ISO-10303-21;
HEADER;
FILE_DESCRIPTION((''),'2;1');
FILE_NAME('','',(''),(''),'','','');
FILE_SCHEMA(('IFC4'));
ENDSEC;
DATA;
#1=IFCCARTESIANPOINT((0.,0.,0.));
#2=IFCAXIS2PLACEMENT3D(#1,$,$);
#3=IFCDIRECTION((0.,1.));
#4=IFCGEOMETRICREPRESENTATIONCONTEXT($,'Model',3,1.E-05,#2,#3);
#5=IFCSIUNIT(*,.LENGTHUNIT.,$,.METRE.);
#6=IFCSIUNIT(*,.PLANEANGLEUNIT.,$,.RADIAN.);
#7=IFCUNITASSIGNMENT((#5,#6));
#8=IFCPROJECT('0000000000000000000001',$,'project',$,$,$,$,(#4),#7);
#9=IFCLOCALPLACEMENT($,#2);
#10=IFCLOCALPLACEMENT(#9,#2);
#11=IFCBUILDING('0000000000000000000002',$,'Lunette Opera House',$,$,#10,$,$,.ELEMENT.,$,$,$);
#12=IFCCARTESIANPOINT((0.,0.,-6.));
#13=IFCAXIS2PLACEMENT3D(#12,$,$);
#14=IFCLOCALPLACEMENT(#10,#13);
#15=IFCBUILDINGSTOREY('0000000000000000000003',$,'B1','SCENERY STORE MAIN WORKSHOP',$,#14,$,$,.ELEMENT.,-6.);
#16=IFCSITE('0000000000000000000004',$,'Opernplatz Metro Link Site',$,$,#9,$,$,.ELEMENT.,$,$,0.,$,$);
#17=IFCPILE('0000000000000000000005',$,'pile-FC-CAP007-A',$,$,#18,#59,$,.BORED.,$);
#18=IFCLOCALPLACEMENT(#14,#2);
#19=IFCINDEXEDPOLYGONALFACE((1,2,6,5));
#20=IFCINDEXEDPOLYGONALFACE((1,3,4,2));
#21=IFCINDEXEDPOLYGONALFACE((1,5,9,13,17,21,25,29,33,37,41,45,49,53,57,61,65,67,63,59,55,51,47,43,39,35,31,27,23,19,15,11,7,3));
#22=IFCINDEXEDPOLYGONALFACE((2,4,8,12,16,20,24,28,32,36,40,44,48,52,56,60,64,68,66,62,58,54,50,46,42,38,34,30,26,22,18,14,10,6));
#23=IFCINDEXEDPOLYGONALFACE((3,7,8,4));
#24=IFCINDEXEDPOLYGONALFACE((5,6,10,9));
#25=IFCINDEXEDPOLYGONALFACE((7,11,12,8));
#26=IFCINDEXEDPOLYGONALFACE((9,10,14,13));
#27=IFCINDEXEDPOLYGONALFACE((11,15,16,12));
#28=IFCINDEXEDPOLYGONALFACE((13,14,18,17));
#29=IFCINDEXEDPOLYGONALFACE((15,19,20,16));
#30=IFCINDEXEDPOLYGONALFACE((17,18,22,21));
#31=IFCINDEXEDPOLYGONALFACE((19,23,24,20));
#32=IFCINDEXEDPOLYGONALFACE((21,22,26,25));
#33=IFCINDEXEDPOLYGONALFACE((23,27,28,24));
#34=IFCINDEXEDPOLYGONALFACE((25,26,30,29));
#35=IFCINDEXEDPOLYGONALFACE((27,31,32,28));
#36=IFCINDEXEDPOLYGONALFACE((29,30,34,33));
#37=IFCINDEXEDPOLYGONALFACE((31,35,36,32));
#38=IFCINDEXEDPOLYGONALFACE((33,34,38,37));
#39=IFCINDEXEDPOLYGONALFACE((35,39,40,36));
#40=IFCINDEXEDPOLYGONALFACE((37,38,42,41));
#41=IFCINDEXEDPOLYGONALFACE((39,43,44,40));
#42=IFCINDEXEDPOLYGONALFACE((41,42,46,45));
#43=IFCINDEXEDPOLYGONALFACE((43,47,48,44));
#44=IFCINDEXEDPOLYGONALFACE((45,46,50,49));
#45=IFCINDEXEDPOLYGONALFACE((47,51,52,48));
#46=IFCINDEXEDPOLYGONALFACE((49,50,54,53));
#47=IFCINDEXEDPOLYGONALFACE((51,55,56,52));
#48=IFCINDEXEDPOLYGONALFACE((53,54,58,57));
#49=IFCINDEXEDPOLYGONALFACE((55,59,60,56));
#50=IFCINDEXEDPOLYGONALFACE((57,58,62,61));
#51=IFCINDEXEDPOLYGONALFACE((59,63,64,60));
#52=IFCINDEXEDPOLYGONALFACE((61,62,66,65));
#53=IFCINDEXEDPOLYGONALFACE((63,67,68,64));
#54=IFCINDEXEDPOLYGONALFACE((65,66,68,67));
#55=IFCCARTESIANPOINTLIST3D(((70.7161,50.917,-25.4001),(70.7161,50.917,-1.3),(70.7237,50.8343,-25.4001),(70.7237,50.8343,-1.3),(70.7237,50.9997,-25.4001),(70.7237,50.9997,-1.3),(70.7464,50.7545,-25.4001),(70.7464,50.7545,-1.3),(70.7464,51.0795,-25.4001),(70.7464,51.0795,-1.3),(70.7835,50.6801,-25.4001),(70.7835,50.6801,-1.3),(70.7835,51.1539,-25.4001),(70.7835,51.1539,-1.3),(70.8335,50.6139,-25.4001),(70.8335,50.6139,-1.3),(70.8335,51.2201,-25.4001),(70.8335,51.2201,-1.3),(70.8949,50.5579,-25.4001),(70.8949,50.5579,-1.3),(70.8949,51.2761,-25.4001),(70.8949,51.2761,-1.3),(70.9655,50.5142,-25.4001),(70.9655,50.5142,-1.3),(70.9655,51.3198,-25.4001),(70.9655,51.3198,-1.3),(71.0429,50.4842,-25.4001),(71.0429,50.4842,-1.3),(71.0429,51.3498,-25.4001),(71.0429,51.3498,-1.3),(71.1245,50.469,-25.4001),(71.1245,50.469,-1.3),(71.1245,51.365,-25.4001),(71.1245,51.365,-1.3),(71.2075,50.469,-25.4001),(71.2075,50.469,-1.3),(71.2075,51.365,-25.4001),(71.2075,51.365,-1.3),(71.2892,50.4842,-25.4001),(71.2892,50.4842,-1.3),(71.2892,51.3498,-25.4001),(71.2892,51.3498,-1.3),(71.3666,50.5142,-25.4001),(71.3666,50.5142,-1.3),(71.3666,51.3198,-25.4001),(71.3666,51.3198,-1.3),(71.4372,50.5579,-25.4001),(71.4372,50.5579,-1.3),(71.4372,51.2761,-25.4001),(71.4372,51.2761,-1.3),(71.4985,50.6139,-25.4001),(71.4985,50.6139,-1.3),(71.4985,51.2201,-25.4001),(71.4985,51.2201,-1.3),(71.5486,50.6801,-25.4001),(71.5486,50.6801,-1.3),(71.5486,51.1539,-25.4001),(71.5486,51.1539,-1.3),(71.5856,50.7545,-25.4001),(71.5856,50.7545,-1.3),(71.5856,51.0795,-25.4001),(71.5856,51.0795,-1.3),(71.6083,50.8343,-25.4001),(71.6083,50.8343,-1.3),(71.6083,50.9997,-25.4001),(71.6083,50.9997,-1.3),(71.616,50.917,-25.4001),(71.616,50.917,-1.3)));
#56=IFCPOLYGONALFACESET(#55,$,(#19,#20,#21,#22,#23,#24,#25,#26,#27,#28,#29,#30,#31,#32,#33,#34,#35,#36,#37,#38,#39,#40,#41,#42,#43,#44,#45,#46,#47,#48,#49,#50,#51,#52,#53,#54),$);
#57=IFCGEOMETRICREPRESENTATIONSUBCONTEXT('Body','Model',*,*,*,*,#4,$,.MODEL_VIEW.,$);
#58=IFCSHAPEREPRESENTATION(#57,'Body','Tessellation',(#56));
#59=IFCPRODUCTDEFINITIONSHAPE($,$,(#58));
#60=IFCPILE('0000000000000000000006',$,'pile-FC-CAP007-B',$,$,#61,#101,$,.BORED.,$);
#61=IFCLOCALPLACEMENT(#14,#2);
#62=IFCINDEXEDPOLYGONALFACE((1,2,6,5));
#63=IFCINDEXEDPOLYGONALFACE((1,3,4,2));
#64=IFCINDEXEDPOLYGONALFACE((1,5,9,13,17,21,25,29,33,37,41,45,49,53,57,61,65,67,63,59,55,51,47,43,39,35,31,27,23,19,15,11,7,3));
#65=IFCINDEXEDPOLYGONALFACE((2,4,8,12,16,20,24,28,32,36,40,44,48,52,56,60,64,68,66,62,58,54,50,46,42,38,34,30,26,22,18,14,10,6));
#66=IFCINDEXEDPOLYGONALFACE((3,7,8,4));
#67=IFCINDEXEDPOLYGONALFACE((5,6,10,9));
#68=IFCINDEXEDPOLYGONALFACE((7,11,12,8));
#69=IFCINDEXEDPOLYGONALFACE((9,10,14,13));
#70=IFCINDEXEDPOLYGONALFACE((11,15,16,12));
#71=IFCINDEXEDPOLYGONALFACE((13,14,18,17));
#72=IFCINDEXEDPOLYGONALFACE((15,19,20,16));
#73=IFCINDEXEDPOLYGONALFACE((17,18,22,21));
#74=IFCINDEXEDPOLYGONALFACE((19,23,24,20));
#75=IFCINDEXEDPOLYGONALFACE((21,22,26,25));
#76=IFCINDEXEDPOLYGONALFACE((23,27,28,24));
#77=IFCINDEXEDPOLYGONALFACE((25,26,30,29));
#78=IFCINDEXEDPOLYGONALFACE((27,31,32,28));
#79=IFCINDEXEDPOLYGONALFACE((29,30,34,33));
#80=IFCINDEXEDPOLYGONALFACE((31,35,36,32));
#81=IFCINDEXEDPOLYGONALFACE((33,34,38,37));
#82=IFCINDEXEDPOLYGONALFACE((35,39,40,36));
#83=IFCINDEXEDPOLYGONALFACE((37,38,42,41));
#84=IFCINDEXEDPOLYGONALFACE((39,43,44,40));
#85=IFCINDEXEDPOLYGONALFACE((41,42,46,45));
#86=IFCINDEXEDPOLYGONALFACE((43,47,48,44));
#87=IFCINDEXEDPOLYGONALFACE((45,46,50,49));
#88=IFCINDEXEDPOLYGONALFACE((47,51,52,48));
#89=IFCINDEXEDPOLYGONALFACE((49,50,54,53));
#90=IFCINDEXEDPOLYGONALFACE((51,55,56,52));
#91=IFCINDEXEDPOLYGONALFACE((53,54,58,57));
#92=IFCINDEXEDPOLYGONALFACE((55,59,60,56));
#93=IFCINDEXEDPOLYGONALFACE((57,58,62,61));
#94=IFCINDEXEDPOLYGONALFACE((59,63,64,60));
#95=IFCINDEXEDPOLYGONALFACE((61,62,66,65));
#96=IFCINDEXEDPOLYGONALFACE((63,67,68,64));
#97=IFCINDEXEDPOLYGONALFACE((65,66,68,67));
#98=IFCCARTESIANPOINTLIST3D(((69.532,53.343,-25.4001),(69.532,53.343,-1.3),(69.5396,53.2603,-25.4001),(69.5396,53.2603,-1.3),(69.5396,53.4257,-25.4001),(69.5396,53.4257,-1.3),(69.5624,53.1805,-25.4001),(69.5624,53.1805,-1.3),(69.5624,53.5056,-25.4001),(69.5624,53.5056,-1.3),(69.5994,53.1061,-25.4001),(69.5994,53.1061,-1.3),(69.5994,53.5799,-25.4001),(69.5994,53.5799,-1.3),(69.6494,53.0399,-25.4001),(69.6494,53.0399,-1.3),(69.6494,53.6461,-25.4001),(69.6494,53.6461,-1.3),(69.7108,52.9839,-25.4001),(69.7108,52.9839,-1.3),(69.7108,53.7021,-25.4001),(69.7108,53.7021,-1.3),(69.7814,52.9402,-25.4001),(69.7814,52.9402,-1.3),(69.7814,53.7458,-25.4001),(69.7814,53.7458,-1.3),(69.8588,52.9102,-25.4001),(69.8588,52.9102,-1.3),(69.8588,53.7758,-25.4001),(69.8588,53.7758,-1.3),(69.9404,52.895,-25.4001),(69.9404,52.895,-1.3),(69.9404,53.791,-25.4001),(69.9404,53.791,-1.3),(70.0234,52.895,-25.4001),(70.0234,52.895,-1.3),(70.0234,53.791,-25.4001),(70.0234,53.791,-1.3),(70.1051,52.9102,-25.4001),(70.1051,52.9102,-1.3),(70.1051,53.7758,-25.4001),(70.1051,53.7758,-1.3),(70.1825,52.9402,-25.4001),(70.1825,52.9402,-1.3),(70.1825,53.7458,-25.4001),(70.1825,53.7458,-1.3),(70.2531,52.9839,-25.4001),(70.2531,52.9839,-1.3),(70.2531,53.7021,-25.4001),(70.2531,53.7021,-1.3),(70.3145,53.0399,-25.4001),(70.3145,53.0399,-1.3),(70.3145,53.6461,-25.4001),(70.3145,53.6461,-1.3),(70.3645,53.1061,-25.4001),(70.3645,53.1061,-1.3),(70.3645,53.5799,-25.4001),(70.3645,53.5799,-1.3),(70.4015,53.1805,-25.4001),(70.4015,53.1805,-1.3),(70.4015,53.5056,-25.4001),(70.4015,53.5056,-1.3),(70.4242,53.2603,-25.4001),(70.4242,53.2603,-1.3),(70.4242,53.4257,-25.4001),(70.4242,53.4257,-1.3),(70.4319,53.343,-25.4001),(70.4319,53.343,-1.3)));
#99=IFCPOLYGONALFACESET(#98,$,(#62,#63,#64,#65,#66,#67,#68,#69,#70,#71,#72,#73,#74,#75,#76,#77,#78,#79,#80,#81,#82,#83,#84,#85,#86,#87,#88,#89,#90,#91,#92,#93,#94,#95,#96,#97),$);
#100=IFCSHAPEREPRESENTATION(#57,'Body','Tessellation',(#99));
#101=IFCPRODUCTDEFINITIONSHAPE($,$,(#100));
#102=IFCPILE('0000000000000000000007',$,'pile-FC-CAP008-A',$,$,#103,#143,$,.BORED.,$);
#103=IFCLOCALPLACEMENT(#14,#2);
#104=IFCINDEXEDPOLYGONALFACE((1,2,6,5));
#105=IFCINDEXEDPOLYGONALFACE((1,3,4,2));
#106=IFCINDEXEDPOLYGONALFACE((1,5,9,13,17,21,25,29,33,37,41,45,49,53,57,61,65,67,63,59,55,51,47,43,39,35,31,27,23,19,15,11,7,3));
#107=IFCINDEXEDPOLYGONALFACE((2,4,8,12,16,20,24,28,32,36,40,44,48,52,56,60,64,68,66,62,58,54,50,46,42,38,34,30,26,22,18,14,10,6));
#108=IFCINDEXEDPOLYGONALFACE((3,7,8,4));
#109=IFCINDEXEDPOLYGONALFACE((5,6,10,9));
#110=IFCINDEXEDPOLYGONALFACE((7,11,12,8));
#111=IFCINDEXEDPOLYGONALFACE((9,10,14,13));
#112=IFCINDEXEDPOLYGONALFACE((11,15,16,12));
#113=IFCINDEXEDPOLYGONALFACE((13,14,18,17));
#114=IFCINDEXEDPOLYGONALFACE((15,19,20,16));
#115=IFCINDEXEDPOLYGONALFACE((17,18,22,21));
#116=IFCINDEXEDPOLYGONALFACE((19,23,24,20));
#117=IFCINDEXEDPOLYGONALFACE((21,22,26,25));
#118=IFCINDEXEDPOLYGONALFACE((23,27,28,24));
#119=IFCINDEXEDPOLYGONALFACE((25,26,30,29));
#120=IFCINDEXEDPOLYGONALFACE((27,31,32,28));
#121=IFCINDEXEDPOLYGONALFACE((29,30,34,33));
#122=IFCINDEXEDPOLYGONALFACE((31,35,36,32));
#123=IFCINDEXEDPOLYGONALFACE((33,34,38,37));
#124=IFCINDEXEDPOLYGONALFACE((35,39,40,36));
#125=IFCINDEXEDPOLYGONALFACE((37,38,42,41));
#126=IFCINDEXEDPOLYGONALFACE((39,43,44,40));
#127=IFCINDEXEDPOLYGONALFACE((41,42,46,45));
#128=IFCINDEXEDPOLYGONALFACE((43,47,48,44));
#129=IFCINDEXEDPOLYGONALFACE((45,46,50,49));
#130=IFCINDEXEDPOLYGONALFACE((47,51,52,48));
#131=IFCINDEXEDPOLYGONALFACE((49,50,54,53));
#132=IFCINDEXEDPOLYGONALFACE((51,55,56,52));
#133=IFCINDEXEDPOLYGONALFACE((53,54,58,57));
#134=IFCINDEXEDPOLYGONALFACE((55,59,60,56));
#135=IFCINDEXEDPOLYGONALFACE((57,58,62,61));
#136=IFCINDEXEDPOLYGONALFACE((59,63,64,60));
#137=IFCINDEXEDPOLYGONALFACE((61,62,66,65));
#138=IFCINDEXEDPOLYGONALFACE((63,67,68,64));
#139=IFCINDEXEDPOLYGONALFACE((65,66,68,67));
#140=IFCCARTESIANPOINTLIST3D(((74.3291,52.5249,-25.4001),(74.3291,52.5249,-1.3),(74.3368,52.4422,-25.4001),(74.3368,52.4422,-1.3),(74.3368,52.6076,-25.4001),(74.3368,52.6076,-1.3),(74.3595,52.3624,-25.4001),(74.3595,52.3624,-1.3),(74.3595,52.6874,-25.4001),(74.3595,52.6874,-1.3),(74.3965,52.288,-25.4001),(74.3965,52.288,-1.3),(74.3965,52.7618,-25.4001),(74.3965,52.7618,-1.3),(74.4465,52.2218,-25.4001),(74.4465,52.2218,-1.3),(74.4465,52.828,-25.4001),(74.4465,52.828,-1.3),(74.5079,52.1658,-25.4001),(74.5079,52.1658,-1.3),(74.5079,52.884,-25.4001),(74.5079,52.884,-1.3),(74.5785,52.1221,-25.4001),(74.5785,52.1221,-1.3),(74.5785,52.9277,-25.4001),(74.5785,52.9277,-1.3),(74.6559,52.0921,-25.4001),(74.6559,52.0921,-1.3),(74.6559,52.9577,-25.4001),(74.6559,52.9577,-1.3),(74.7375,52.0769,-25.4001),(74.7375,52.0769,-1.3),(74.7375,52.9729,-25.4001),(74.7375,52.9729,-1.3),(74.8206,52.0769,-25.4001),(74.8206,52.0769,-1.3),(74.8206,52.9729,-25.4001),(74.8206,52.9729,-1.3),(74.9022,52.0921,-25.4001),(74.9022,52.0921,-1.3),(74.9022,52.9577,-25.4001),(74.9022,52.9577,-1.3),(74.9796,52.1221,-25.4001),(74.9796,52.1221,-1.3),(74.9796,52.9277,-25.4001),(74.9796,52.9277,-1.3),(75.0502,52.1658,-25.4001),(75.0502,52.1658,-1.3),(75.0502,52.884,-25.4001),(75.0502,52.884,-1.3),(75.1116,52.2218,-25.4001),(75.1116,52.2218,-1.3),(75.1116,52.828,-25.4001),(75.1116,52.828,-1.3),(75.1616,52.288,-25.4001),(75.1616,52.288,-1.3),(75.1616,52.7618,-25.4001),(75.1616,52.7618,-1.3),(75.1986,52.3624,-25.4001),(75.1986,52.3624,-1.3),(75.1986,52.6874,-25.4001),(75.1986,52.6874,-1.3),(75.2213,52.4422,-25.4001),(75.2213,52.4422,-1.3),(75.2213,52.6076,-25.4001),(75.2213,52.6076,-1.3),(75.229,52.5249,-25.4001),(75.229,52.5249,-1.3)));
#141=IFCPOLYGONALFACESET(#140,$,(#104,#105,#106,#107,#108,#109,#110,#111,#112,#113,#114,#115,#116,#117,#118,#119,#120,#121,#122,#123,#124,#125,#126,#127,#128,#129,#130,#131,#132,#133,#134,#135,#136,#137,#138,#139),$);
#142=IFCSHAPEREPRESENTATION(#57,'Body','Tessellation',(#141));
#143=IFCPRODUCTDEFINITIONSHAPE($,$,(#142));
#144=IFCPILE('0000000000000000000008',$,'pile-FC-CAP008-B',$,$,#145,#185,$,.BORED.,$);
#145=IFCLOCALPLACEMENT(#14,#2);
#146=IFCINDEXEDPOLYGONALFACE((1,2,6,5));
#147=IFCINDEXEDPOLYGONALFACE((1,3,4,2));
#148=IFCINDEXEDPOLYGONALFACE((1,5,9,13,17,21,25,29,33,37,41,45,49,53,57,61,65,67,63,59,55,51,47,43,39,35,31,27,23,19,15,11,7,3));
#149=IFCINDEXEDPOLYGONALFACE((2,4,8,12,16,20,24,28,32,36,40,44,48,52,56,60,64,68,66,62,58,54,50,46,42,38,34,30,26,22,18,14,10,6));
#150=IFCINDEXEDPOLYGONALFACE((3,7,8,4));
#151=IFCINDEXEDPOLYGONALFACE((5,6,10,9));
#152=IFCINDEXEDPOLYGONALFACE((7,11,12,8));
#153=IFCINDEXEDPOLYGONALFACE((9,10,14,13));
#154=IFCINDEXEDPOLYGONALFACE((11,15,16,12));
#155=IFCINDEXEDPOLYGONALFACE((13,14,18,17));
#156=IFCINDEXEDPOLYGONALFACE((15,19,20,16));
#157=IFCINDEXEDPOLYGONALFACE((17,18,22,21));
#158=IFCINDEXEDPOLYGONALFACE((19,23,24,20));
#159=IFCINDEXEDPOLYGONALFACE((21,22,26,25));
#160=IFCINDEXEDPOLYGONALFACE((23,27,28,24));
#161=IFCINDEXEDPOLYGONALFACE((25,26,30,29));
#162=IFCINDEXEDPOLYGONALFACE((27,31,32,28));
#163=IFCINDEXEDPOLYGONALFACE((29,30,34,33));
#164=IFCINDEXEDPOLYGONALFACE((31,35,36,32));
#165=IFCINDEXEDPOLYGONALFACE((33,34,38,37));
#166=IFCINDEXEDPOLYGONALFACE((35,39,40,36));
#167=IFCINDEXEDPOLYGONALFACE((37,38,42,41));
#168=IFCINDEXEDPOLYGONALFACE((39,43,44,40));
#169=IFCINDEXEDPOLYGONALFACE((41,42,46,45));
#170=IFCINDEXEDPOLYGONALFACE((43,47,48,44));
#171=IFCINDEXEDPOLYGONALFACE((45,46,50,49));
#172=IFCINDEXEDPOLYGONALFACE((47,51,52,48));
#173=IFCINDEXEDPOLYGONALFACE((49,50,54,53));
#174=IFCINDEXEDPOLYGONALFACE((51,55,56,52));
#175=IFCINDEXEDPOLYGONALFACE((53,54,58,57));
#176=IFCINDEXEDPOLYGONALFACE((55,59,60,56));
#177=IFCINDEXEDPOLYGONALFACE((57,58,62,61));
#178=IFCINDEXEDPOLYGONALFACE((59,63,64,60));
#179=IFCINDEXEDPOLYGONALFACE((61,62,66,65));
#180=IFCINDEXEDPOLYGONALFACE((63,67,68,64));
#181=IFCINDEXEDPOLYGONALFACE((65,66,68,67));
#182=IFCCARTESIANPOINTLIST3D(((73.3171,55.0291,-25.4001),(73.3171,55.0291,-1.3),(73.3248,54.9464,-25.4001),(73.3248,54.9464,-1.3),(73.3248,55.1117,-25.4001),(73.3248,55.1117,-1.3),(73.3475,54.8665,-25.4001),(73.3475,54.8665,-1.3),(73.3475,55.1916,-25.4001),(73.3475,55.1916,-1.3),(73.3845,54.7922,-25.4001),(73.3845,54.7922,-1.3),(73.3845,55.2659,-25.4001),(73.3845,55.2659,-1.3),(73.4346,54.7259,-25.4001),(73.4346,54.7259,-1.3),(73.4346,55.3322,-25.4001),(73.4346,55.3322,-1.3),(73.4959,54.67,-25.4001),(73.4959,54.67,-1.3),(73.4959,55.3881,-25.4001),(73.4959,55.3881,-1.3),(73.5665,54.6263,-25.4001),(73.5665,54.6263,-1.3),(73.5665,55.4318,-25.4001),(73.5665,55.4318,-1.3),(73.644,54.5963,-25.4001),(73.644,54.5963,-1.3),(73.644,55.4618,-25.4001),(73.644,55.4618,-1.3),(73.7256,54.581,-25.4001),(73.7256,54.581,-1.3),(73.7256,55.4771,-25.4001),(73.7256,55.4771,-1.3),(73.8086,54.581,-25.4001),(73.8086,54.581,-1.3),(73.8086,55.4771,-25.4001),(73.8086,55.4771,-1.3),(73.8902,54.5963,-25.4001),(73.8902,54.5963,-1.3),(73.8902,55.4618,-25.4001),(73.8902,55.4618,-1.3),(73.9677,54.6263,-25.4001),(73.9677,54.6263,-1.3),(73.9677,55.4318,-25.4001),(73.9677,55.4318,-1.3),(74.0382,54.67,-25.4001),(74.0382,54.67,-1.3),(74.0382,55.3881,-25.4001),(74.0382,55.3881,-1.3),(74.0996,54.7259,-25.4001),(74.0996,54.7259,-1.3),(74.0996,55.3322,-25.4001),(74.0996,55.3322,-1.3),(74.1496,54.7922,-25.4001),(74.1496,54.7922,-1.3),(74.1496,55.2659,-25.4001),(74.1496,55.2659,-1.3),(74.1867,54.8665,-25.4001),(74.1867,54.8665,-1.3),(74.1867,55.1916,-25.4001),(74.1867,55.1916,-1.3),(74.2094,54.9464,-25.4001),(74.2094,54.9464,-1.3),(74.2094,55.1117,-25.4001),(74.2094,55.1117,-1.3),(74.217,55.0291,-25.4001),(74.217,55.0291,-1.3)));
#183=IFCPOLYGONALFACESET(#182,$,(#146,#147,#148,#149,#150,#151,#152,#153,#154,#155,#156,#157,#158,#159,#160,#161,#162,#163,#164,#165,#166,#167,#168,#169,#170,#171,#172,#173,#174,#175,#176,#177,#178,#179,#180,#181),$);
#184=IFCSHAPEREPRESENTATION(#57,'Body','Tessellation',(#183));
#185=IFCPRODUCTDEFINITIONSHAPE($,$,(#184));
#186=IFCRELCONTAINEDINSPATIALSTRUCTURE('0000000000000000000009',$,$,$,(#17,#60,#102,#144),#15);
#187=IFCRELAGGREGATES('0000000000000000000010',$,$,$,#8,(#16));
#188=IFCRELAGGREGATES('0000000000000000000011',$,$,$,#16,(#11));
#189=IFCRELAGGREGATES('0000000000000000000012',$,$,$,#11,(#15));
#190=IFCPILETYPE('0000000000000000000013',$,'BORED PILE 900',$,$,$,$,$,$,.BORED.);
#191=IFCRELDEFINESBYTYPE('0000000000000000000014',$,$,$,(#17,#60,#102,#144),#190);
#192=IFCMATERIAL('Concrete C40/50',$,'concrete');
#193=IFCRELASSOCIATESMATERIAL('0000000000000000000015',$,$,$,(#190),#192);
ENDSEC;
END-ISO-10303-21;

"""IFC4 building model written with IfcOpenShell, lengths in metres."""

from ifc_helpers import new_model, si_unit, direction, frame, origin, origin_2d, place, context, subcontext, project, spatial, circle, extrude, material, material_profile, profile_set, type_object, element, save


model = new_model("IFC4")

# Units and contexts
model_context = context("Model", 3, precision=1e-05, world=origin(), true_north=direction((0.0, 1.0)))
body_context = subcontext(model_context, "Body", "Model", "MODEL_VIEW")
ifc_project = project(units=[si_unit("LENGTHUNIT", "METRE"), si_unit("PLANEANGLEUNIT", "RADIAN")], contexts=[model_context])

# Site, building, storey
site_placement = place(None, origin())
site = spatial("IfcSite", under=ifc_project, at=site_placement, Name="Opernplatz Metro Link Site", CompositionType="ELEMENT", RefElevation=0.0)
building_placement = place(site_placement, origin())
building = spatial("IfcBuilding", under=site, at=building_placement, Name="Lunette Opera House", CompositionType="ELEMENT")
storey_placement = place(building_placement, frame((0.0, 0.0, -6.0)))
storey = spatial("IfcBuildingStorey", under=building, at=storey_placement, Name="B1", Description="SCENERY STORE MAIN WORKSHOP", CompositionType="ELEMENT", Elevation=-6.0)

# Piles
ifc_material_1 = material(Name="Concrete C40/50", Category="concrete")
ifc_material_profile_1 = material_profile(ifc_material_1, circle(Radius=0.45, at=origin_2d()), Name="BORED PILE 900")
ifc_profile_set_1 = profile_set([ifc_material_profile_1], Name="Concrete C40/50")
pile_type = type_object("IfcPileType", Name="BORED PILE 900", PredefinedType="BORED", material=ifc_profile_set_1)
for number, where, z_axis, x_axis, name in (
    (1, (71.166, 50.917, -1.3), (0.0, 0.0, -1.0), (1.0, 0.0, 0.0), "pile-FC-CAP007-A"),
    (2, (69.9819, 53.343, -1.3), (0.0, 0.0, -1.0), (1.0, 0.0, 0.0), "pile-FC-CAP007-B"),
    (3, (74.7791, 52.5249, -1.3), (0.0, 0.0, -1.0), (1.0, 0.0, 0.0), "pile-FC-CAP008-A"),
    (4, (73.7671, 55.0291, -1.3), (0.0, 0.0, -1.0), (1.0, 0.0, 0.0), "pile-FC-CAP008-B"),
):
    element("IfcPile", number, at=place(storey_placement, frame(where, z_axis=z_axis, x_axis=x_axis)), inside=storey, type_object=pile_type, Name=name, PredefinedType="BORED", context=body_context, shape_type="SweptSolid", body=[
        extrude(circle(Radius=0.45, at=origin_2d()), origin(), (0.0, 0.0, 1.0), 24.1001),
    ])

save(model, "model.ifc")
